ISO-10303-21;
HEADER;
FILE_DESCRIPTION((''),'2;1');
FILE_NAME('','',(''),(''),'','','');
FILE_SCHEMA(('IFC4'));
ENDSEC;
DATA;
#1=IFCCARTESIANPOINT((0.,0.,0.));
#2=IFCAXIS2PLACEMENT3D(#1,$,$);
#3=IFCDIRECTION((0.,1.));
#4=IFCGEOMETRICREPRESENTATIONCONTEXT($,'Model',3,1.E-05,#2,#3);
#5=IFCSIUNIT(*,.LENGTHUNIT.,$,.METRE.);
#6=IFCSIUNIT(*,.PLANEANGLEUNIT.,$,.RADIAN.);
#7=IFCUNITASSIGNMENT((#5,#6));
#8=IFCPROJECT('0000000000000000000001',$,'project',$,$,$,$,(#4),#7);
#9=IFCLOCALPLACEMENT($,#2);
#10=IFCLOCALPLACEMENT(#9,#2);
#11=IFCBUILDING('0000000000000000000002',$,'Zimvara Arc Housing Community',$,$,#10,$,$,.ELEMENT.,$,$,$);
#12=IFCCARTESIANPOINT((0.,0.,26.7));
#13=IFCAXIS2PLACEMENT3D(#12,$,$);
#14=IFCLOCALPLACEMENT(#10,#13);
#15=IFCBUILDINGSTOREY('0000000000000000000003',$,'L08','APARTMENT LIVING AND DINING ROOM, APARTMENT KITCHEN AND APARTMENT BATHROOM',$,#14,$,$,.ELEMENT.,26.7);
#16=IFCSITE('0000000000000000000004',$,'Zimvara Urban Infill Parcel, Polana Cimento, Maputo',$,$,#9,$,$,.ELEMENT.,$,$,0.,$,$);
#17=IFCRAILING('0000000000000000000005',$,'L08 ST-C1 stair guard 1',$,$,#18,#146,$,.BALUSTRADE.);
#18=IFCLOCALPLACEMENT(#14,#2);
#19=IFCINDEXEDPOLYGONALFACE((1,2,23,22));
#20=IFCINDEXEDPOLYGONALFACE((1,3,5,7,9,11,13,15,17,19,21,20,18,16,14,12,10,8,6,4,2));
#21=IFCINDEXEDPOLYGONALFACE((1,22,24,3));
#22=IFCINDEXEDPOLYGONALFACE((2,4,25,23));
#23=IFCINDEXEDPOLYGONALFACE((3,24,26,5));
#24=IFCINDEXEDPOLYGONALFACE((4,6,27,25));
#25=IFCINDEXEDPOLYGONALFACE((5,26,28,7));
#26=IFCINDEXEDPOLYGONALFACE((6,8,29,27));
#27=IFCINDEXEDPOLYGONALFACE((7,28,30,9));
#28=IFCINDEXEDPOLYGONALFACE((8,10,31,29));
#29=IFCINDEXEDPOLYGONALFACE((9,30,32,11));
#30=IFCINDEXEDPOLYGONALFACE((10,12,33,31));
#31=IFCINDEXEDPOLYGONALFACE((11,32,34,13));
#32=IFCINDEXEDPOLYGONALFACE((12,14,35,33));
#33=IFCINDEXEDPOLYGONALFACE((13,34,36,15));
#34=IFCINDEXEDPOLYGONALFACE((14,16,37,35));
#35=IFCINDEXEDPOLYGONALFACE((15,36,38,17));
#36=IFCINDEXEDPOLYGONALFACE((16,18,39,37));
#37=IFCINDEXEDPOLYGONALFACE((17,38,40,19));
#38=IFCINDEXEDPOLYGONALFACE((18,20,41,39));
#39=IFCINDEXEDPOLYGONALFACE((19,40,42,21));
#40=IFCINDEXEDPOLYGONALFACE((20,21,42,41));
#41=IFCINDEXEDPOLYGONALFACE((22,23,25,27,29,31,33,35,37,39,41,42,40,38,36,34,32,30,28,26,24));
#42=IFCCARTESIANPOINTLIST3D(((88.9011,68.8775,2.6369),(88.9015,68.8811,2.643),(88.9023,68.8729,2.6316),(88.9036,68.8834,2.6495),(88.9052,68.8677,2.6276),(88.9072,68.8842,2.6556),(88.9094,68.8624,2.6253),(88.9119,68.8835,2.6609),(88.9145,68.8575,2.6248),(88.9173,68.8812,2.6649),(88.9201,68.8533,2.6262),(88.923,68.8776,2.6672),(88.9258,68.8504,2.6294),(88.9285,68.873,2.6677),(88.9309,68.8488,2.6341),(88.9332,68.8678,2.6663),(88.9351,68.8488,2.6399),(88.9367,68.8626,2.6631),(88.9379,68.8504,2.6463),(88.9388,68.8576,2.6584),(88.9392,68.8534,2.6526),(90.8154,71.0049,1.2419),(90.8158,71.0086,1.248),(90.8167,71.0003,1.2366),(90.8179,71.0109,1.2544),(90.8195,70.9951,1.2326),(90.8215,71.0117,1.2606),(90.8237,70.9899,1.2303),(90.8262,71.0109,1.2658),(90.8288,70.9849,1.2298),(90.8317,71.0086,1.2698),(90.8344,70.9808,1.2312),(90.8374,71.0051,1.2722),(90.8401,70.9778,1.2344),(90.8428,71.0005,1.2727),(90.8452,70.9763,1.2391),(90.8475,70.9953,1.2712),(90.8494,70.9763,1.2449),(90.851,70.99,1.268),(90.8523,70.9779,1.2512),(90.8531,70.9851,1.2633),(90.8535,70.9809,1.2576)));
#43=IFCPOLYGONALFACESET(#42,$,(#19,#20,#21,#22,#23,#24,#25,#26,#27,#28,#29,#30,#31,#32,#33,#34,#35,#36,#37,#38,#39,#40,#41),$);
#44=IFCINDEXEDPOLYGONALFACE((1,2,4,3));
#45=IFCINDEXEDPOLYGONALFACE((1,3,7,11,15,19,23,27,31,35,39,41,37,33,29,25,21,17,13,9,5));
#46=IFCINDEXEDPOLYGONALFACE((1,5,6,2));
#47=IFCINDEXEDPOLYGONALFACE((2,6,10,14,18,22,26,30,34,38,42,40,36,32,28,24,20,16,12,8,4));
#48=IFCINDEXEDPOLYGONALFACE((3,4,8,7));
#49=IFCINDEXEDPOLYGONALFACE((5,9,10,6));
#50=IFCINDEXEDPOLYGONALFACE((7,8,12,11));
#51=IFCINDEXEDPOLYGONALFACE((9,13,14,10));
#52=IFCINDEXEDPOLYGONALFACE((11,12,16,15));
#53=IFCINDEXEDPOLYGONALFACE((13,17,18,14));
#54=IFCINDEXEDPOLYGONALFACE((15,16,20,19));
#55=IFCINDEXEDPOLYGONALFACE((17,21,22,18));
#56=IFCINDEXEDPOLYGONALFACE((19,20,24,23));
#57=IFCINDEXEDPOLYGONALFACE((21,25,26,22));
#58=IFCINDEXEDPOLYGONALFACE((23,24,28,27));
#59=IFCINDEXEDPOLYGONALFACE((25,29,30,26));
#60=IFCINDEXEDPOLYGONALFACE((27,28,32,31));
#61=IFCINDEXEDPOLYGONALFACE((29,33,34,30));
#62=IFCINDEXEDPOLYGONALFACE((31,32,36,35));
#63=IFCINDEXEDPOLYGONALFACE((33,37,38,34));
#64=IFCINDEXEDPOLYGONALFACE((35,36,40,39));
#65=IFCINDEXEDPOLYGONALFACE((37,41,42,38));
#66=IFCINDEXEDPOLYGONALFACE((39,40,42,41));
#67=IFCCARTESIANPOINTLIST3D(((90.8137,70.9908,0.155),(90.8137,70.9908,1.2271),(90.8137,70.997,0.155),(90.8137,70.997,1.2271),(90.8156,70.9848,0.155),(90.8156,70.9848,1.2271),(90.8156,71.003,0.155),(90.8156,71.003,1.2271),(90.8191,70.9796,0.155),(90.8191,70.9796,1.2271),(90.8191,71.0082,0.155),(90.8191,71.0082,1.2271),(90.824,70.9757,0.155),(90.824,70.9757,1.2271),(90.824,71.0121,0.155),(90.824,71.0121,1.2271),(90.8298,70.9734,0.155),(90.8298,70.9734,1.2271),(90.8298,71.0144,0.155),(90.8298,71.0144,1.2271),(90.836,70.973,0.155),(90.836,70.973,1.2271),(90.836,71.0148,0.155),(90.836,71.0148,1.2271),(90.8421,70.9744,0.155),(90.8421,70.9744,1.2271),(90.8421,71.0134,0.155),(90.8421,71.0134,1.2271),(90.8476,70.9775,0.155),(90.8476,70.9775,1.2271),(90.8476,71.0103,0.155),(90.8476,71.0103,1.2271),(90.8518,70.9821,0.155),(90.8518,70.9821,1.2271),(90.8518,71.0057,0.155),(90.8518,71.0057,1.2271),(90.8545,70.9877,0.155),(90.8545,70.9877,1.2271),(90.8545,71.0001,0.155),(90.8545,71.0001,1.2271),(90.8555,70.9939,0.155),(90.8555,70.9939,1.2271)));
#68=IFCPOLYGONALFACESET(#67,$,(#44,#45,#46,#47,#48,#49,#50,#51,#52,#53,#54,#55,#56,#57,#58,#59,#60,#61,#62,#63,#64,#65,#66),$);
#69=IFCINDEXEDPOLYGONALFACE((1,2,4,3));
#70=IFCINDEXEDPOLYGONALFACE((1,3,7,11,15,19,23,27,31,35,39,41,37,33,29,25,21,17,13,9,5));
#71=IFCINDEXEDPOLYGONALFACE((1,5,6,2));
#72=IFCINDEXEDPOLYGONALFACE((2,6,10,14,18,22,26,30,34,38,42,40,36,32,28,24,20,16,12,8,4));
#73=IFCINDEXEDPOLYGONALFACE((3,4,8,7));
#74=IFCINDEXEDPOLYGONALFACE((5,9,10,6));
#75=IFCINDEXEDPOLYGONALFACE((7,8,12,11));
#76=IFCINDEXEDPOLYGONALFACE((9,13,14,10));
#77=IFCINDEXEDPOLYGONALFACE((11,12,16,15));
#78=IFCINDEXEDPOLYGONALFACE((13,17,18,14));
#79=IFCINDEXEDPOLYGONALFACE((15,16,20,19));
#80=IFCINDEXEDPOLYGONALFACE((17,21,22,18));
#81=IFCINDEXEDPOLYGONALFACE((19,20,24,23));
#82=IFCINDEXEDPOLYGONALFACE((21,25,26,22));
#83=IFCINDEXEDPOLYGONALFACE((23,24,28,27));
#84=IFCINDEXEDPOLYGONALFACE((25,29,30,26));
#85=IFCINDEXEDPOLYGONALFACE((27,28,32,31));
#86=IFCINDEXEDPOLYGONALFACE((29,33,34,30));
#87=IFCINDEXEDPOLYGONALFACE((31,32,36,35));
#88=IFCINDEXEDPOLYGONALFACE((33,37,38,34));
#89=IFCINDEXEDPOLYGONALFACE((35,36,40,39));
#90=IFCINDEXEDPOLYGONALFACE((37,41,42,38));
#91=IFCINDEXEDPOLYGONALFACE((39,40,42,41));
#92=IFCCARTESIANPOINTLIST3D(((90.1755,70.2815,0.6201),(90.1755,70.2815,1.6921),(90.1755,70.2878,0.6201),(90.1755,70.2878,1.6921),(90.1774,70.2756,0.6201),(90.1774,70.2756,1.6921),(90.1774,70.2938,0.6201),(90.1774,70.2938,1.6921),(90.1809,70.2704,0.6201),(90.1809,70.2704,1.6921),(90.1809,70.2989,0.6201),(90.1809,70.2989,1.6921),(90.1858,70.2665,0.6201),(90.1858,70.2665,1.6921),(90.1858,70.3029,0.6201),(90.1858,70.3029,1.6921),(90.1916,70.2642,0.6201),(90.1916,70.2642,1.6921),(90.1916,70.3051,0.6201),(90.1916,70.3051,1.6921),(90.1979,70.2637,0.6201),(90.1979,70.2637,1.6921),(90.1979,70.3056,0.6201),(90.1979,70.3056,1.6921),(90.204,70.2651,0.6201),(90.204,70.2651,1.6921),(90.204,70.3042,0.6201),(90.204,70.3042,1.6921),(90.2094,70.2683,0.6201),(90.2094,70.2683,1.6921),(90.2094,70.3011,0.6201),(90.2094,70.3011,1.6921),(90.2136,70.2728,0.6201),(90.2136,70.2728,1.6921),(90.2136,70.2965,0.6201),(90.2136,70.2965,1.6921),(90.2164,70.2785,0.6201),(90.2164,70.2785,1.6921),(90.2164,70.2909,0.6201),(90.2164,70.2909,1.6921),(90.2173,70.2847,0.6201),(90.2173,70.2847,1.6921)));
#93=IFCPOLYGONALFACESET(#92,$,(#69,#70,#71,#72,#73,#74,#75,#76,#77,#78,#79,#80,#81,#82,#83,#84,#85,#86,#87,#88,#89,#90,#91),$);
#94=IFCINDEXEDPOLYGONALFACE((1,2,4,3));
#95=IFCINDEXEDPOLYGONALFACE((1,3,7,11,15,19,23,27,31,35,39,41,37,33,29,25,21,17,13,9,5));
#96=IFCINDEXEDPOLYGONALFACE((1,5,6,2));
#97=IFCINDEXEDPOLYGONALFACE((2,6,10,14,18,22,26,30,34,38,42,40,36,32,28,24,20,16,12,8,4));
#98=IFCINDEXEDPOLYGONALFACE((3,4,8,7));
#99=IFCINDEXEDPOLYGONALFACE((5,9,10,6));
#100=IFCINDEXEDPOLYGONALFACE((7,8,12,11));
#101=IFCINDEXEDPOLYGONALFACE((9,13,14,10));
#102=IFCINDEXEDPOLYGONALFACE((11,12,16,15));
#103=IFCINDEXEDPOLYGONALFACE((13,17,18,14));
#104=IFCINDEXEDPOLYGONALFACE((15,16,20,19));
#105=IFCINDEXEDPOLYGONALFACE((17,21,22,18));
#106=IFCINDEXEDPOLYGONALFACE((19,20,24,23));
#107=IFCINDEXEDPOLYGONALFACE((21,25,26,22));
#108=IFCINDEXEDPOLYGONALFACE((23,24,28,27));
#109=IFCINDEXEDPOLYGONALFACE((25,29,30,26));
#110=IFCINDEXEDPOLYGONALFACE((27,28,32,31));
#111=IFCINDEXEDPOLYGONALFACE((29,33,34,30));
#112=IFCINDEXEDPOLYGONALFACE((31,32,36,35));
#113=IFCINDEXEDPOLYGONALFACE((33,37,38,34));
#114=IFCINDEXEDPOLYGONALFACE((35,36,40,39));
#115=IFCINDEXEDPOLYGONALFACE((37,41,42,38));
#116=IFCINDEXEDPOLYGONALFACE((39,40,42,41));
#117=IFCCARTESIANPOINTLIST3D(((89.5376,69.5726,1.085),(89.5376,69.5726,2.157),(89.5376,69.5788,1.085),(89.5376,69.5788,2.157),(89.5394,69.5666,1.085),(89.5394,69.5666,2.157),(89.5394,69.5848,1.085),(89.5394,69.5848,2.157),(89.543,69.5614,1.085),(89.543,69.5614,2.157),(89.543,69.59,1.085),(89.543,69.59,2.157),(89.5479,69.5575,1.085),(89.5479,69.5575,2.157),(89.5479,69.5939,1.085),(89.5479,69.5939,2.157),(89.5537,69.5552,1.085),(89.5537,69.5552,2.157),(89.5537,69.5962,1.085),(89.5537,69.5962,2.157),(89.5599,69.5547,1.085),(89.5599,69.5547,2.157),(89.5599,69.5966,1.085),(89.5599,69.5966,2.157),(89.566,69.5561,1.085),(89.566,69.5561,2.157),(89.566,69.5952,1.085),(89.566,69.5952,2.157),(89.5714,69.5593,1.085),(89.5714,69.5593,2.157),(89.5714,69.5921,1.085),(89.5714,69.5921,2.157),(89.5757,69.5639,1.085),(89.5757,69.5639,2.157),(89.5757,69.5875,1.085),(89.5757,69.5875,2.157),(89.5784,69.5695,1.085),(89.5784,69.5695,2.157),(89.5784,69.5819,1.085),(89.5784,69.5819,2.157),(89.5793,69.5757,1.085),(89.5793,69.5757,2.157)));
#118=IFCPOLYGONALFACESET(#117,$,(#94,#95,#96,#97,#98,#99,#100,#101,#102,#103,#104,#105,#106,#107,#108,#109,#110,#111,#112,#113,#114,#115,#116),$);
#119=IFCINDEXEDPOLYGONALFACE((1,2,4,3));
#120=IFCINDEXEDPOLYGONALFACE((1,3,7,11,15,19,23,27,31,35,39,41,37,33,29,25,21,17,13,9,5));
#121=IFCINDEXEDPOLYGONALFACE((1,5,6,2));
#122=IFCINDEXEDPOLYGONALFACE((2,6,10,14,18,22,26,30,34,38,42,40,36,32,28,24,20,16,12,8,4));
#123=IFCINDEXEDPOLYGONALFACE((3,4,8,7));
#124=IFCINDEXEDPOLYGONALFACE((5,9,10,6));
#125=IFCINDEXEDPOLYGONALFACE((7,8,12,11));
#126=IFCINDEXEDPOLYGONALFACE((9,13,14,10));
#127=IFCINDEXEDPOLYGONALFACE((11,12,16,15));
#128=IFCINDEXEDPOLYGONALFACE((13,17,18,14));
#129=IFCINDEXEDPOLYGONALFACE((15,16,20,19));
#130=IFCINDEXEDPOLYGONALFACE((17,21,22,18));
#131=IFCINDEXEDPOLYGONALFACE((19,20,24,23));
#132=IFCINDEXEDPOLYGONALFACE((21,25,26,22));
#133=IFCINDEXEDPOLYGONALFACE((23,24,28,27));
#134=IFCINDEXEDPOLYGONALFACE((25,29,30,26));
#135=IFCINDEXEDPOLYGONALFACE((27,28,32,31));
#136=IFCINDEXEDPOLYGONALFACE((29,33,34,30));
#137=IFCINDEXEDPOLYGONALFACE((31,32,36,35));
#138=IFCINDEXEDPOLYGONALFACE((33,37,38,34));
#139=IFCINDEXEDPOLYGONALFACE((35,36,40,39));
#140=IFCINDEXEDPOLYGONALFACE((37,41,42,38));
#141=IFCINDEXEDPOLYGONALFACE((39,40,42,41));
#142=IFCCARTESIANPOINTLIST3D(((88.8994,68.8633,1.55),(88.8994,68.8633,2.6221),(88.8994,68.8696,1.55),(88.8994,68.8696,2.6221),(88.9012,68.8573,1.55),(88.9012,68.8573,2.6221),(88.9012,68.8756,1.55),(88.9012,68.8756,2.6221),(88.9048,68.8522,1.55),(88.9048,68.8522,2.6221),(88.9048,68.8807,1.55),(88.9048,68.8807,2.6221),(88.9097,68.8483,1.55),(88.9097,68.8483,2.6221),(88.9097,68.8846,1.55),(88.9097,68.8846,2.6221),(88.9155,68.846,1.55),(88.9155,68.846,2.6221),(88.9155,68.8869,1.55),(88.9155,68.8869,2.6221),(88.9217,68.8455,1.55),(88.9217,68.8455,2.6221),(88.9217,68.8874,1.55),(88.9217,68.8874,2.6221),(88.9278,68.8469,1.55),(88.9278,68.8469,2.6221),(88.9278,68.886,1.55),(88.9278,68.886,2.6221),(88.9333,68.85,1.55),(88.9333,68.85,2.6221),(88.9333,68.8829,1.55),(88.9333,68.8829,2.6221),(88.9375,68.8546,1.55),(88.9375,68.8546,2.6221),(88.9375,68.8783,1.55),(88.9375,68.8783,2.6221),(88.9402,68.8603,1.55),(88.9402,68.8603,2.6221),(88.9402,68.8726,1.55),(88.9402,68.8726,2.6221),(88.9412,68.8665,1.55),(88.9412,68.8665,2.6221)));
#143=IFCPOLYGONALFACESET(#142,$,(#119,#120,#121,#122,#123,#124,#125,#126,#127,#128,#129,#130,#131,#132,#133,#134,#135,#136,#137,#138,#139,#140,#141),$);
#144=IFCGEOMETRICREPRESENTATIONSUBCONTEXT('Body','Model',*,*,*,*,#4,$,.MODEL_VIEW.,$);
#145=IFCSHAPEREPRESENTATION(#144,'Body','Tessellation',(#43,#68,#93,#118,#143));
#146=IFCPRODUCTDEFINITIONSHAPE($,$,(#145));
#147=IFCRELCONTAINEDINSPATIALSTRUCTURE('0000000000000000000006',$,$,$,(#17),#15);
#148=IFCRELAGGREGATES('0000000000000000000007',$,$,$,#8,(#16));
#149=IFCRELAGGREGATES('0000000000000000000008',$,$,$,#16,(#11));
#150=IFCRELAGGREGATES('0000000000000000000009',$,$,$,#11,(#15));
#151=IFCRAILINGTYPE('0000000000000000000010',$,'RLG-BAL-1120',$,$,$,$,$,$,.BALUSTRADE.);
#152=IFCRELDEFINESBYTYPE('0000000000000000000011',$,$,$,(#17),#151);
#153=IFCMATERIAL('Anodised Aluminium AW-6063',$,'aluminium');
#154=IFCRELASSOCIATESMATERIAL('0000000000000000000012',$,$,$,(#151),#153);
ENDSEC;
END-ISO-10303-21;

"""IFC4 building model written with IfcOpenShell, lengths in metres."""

from ifc_helpers import new_model, si_unit, direction, frame, origin, origin_2d, place, context, subcontext, project, spatial, circle, extrude, material, type_object, element, save


model = new_model("IFC4")

# Units and contexts
model_context = context("Model", 3, precision=1e-05, world=origin(), true_north=direction((0.0, 1.0)))
body_context = subcontext(model_context, "Body", "Model", "MODEL_VIEW")
ifc_project = project(units=[si_unit("LENGTHUNIT", "METRE"), si_unit("PLANEANGLEUNIT", "RADIAN")], contexts=[model_context])

# Site, building, storey
site_placement = place(None, origin())
site = spatial("IfcSite", under=ifc_project, at=site_placement, Name="Zimvara Urban Infill Parcel, Polana Cimento, Maputo", CompositionType="ELEMENT", RefElevation=0.0)
building_placement = place(site_placement, origin())
building = spatial("IfcBuilding", under=site, at=building_placement, Name="Zimvara Arc Housing Community", CompositionType="ELEMENT")
storey_placement = place(building_placement, frame((0.0, 0.0, 26.7)))
storey = spatial("IfcBuildingStorey", under=building, at=storey_placement, Name="L08", Description="APARTMENT LIVING AND DINING ROOM, APARTMENT KITCHEN AND APARTMENT BATHROOM", CompositionType="ELEMENT", Elevation=26.7)

# Railing
ifc_material_1 = material(Name="Anodised Aluminium AW-6063", Category="aluminium")
railing_type_1 = type_object("IfcRailingType", Name="RLG-BAL-1120", PredefinedType="BALUSTRADE", material=ifc_material_1)
railing_1_placement = place(storey_placement, frame((90.8345, 70.9939, 0.155)))
element("IfcRailing", 1, at=railing_1_placement, inside=storey, type_object=railing_type_1, Name="L08 ST-C1 stair guard 1", PredefinedType="BALUSTRADE", context=body_context, shape_type="SweptSolid", body=[
    extrude(circle(Radius=0.0239, at=origin_2d()), frame((0.0, 0.0, 1.0962), z_axis=(-0.601263, -0.668206, 0.43816), x_axis=(0.743362, -0.668889, 0.0)), (0.0, 0.0, 1.0), 3.1838),
    extrude(circle(Radius=0.021, at=origin_2d()), origin(), (0.0, 0.0, 1.0), 1.072),
    extrude(circle(Radius=0.021, at=origin_2d()), frame((-0.6382, -0.7092, 0.4651)), (0.0, 0.0, 1.0), 1.072),
    extrude(circle(Radius=0.021, at=origin_2d()), frame((-1.2761, -1.4182, 0.9299)), (0.0, 0.0, 1.0), 1.072),
    extrude(circle(Radius=0.021, at=origin_2d()), frame((-1.9143, -2.1274, 1.395)), (0.0, 0.0, 1.0), 1.072),
])

save(model, "model.ifc")
